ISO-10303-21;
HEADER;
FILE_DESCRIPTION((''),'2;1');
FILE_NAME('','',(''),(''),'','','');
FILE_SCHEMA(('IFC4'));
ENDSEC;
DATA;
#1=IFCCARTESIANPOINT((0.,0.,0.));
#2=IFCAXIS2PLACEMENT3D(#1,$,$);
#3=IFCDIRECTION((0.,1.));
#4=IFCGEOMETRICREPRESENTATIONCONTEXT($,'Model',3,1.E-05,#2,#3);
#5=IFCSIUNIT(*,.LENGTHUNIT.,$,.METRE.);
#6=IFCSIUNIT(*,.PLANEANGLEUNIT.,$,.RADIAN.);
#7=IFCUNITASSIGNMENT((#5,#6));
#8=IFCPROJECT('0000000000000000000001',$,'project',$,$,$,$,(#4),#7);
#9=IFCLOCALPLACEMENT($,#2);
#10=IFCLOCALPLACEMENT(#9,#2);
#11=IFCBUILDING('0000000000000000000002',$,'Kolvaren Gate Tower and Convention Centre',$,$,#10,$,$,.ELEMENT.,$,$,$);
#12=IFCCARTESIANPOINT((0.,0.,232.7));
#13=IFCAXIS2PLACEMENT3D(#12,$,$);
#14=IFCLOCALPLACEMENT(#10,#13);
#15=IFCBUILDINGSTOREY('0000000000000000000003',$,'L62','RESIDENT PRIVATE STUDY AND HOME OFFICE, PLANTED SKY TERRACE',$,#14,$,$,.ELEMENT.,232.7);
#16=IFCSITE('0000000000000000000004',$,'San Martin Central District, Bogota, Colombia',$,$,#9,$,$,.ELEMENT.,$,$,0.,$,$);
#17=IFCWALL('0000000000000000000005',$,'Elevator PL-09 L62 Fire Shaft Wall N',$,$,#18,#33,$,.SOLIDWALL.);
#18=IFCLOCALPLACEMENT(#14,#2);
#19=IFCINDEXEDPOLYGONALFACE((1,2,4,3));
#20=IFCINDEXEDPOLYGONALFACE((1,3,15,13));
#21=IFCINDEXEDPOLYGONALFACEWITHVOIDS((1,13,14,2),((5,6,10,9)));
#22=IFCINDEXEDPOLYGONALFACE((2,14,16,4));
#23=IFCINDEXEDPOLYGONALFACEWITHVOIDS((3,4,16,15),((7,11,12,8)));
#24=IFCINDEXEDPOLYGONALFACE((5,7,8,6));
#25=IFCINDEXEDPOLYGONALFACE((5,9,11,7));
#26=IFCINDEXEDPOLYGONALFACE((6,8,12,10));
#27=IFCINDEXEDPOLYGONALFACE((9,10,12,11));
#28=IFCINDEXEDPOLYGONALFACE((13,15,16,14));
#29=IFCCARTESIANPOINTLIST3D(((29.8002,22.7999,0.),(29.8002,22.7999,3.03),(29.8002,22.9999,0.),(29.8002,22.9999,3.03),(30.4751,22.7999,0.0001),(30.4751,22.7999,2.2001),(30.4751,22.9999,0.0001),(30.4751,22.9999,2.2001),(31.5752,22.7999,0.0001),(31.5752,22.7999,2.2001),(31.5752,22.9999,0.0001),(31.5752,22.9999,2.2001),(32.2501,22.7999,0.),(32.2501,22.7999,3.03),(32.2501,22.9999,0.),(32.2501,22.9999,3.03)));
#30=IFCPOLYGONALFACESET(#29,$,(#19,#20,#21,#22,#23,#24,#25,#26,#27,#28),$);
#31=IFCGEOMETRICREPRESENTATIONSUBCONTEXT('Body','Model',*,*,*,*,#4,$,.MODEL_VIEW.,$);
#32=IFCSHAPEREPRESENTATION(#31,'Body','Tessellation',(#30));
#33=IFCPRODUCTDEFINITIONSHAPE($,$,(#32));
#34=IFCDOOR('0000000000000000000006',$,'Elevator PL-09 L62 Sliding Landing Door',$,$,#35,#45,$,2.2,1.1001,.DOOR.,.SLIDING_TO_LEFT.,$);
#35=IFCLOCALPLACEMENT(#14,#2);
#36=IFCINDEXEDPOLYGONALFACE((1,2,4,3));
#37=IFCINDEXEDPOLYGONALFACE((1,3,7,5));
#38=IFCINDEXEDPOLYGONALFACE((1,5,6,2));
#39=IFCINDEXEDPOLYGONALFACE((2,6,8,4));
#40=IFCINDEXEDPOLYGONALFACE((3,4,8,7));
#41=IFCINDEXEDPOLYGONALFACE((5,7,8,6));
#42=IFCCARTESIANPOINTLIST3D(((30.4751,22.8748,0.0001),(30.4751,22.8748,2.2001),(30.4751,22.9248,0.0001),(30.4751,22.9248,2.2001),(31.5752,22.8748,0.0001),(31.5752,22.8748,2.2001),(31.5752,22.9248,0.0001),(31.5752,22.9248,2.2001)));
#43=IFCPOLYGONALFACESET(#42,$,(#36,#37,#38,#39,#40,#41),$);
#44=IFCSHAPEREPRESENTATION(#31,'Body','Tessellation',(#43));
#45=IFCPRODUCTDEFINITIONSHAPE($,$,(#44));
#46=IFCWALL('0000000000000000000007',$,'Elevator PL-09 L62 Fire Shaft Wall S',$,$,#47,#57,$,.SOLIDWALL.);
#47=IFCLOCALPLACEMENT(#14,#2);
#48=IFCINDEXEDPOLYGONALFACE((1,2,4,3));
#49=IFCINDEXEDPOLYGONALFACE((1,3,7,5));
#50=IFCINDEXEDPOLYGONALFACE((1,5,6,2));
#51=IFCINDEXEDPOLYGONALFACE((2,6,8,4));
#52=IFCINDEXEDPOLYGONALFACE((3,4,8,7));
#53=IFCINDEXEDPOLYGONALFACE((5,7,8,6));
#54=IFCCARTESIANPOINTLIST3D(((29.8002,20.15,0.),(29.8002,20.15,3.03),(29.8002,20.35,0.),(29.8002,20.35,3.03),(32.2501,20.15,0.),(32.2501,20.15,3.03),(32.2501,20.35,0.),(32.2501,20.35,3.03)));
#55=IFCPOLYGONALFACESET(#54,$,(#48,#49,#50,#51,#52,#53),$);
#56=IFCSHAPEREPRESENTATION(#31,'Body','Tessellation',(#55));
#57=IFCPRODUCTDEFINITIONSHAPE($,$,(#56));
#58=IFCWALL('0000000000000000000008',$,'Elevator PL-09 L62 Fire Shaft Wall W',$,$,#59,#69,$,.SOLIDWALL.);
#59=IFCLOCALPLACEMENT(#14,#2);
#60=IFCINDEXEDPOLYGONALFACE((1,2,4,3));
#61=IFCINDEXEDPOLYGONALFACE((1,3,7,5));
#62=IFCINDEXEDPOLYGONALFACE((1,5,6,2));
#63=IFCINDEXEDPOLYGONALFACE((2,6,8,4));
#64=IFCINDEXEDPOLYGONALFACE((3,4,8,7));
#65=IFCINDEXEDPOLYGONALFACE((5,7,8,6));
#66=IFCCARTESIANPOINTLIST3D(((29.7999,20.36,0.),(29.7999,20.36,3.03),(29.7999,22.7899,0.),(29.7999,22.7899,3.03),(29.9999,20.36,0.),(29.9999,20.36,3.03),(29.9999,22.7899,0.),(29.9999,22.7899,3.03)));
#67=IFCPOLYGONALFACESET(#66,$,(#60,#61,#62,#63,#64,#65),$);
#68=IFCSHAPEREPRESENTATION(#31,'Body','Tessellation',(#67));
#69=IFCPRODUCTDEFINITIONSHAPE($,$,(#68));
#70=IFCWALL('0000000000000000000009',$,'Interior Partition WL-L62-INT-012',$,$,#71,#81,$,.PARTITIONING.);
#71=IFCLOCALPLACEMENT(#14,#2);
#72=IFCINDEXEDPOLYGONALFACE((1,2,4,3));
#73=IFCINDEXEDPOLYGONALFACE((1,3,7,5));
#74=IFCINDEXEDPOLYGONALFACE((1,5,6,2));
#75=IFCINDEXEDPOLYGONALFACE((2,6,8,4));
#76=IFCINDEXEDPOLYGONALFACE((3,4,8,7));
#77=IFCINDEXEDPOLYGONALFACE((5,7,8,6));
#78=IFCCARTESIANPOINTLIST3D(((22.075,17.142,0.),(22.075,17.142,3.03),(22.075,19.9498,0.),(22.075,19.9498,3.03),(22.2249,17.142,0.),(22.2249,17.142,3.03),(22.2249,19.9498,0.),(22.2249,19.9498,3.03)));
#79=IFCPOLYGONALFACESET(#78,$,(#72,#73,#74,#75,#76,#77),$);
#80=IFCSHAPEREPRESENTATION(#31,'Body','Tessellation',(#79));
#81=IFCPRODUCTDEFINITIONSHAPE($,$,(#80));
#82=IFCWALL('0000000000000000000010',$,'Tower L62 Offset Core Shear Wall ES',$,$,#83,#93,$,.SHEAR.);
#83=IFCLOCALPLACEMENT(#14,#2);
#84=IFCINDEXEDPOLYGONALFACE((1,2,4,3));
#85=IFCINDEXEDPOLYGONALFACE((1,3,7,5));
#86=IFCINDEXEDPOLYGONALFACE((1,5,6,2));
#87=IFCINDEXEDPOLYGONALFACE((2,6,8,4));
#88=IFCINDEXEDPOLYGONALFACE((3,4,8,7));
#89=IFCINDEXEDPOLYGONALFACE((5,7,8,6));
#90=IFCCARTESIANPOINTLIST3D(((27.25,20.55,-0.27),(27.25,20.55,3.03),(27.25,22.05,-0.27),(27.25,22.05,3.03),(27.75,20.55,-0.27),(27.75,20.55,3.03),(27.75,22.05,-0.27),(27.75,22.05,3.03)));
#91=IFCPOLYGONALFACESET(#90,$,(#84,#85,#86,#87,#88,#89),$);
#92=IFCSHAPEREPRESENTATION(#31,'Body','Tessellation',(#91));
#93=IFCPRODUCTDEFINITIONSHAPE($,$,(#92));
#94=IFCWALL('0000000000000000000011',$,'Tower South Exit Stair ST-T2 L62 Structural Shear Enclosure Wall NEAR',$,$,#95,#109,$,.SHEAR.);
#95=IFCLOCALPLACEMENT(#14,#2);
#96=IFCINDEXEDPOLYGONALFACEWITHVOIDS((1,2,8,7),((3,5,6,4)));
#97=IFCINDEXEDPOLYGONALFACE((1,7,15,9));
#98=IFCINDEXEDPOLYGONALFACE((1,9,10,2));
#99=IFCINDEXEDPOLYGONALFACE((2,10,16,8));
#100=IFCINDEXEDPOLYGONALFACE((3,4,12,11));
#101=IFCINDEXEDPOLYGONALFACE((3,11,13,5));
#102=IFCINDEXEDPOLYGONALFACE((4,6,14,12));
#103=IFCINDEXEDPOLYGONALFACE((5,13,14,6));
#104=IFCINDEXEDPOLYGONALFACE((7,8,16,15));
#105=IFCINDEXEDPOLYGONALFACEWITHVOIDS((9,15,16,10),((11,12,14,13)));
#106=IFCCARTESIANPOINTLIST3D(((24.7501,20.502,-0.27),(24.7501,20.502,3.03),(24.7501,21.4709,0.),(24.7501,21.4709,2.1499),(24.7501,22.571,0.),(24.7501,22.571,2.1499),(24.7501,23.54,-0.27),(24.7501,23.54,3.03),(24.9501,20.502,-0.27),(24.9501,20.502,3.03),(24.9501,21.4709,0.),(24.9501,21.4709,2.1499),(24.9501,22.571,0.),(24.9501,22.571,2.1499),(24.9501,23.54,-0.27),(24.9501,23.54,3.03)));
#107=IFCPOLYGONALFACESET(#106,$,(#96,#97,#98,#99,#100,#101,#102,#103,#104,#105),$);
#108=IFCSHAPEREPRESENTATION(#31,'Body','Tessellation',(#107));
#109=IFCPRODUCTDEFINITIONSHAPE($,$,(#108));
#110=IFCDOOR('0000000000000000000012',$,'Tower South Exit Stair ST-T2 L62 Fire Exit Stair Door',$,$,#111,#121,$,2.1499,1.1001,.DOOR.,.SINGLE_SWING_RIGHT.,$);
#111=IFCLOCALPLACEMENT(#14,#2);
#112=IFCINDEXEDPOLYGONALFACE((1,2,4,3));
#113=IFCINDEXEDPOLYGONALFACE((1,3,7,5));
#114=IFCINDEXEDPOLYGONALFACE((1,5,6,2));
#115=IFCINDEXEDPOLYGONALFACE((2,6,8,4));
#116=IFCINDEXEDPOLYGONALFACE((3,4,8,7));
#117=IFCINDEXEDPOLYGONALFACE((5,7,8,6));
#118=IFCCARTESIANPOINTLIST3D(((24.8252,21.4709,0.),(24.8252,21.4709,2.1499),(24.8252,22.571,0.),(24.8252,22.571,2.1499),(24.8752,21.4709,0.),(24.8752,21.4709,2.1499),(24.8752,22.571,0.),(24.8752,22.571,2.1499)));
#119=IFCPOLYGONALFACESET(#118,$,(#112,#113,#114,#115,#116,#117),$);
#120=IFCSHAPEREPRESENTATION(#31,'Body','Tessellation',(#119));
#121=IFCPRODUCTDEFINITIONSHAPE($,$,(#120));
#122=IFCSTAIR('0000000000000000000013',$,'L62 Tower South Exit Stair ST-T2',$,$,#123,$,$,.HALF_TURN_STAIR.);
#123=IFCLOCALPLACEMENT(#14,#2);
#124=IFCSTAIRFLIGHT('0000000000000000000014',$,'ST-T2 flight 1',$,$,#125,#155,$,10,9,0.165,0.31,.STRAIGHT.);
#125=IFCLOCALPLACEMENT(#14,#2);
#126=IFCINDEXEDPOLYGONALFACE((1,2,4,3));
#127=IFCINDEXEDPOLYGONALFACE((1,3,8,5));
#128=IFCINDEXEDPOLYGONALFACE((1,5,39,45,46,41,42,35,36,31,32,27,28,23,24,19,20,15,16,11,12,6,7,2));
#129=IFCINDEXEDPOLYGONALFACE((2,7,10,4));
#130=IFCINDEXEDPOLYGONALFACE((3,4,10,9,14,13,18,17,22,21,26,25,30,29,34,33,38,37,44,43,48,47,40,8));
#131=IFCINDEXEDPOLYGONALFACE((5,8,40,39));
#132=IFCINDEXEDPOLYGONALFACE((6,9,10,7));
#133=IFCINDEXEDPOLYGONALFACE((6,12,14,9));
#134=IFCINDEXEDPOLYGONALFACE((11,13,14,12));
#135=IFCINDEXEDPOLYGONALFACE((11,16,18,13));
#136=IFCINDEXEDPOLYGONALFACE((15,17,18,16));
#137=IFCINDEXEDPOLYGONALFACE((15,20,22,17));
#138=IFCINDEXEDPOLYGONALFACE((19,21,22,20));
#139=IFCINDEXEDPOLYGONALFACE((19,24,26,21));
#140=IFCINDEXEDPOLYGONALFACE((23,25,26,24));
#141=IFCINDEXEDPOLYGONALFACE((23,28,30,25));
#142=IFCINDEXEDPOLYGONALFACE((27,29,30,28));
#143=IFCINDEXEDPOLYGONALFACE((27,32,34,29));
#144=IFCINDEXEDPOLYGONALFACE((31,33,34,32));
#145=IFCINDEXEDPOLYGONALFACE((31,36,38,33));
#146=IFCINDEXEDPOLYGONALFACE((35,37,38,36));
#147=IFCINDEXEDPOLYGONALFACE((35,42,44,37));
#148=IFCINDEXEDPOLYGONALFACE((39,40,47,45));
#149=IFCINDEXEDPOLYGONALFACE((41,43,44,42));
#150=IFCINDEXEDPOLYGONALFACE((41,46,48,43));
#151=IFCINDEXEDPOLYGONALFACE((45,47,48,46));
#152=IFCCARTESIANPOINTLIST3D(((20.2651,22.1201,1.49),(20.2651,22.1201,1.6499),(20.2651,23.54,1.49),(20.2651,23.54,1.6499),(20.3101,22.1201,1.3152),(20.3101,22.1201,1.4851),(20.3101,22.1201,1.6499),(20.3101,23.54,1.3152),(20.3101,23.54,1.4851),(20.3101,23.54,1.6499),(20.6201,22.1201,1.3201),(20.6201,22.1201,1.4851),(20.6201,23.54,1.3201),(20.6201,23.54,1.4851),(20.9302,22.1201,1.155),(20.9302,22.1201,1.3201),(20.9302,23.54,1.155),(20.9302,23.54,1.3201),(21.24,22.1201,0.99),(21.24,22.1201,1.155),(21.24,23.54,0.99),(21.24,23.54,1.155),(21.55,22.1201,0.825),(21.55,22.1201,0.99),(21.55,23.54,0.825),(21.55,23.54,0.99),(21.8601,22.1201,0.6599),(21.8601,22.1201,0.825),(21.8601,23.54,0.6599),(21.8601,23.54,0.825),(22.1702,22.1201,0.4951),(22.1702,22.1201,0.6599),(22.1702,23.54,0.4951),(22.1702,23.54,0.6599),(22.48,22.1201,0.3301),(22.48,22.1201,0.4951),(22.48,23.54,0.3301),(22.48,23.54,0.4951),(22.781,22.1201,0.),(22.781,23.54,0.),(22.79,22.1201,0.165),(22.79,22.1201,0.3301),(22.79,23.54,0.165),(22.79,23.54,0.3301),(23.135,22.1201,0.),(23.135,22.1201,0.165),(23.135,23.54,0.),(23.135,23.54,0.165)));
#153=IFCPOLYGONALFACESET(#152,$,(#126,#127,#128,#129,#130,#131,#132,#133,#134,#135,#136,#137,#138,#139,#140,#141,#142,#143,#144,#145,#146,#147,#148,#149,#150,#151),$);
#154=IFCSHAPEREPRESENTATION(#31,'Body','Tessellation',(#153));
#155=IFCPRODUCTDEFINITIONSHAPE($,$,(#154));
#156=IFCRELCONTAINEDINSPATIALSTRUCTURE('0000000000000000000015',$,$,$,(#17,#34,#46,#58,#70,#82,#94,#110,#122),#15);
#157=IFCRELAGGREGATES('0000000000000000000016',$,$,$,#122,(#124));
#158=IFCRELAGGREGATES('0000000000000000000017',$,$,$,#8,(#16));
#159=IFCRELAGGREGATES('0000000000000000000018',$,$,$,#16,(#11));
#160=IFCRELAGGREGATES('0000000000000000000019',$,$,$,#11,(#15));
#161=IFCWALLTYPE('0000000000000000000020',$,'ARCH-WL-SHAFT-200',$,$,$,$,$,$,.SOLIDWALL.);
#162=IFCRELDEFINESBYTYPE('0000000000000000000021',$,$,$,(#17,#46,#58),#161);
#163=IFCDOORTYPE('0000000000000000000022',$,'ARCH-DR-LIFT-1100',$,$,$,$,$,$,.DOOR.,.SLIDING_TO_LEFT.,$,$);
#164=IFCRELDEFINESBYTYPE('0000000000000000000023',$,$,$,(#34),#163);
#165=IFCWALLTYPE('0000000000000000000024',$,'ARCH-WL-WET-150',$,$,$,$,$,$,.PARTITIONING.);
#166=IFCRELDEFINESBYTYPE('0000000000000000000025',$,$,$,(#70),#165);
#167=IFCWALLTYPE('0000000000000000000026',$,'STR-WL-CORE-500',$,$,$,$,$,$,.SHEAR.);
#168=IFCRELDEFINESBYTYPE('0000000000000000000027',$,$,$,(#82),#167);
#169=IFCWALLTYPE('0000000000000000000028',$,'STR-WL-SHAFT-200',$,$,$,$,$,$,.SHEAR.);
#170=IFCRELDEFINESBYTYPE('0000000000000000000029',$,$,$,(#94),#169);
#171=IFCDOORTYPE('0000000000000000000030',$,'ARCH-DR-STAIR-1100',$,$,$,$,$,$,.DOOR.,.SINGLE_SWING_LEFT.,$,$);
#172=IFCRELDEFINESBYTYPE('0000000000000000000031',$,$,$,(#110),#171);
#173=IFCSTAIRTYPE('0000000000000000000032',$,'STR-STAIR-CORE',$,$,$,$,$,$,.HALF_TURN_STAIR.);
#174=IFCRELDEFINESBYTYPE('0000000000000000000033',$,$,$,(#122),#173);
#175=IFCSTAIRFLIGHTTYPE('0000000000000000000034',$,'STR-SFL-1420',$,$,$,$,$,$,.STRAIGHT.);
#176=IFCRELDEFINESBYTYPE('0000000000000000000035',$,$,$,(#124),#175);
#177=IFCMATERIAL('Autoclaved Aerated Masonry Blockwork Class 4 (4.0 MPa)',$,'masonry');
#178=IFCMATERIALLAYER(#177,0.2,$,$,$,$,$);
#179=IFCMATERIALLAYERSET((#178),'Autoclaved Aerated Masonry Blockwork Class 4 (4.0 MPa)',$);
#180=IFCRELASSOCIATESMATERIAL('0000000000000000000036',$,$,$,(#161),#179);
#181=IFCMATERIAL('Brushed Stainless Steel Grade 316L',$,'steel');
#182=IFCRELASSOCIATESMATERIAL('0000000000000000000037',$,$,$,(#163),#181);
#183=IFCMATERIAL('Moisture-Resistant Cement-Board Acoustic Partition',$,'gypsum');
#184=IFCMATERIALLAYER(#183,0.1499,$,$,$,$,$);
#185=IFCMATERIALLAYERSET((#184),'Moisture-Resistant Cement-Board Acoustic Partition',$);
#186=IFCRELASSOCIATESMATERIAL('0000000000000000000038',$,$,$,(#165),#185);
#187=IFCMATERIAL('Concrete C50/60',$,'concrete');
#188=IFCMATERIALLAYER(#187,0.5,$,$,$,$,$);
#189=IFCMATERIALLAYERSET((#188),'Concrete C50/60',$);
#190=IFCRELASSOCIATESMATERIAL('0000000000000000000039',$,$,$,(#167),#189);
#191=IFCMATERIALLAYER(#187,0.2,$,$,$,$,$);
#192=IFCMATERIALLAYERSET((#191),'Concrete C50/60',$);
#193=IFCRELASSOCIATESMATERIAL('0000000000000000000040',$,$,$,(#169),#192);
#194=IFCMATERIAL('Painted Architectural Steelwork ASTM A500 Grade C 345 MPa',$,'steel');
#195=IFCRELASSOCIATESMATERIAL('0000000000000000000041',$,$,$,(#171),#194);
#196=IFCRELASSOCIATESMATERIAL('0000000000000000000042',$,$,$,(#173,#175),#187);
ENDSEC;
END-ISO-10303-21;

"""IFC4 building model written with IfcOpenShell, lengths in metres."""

from ifc_helpers import new_model, si_unit, direction, frame, frame_2d, origin, place, context, subcontext, project, spatial, polyline, rectangle, outline, extrude, material, layer, layer_set, type_object, element, fill, aggregate, save


model = new_model("IFC4")

# Units and contexts
model_context = context("Model", 3, precision=1e-05, world=origin(), true_north=direction((0.0, 1.0)))
body_context = subcontext(model_context, "Body", "Model", "MODEL_VIEW")
ifc_project = project(units=[si_unit("LENGTHUNIT", "METRE"), si_unit("PLANEANGLEUNIT", "RADIAN")], contexts=[model_context])

# Site, building, storey
site_placement = place(None, origin())
site = spatial("IfcSite", under=ifc_project, at=site_placement, Name="San Martin Central District, Bogota, Colombia", CompositionType="ELEMENT", RefElevation=0.0)
building_placement = place(site_placement, origin())
building = spatial("IfcBuilding", under=site, at=building_placement, Name="Kolvaren Gate Tower and Convention Centre", CompositionType="ELEMENT")
storey_placement = place(building_placement, frame((0.0, 0.0, 232.7)))
storey = spatial("IfcBuildingStorey", under=building, at=storey_placement, Name="L62", Description="RESIDENT PRIVATE STUDY AND HOME OFFICE, PLANTED SKY TERRACE", CompositionType="ELEMENT", Elevation=232.7)

# Shared definitions
ifc_material_1 = material(Name="Concrete C50/60", Category="concrete")

# Shared definitions
ifc_material_2 = material(Name="Autoclaved Aerated Masonry Blockwork Class 4 (4.0 MPa)", Category="masonry")

# Shared definitions
ifc_material_3 = material(Name="Painted Architectural Steelwork ASTM A500 Grade C 345 MPa", Category="steel")

# Shared definitions
ifc_layer_1 = layer(ifc_material_2, 0.2)
ifc_layer_set_1 = layer_set([ifc_layer_1], Name="Autoclaved Aerated Masonry Blockwork Class 4 (4.0 MPa)")
wall_type_1 = type_object("IfcWallType", Name="ARCH-WL-SHAFT-200", PredefinedType="SOLIDWALL", material=ifc_layer_set_1)

# Wall, opening, door
wall_1_placement = place(storey_placement, frame((29.8, 22.8999, 0.0), z_axis=(0.0, 0.0, 1.0), x_axis=(1.0, 0.0, 0.0)))
wall_1 = element("IfcWall", 1, at=wall_1_placement, inside=storey, type_object=wall_type_1, Name="Elevator PL-09 L62 Fire Shaft Wall N", PredefinedType="SOLIDWALL", context=body_context, shape_type="SweptSolid", body=[
    extrude(rectangle(XDim=2.45, YDim=0.2, at=frame_2d((1.2251, 0.0))), origin(), (0.0, 0.0, 1.0), 3.03),
])
opening_1_placement = place(wall_1_placement, frame((0.675, 0.0, 0.0)))
opening_1 = element("IfcOpeningElement", 2, at=opening_1_placement, cuts=wall_1, PredefinedType="OPENING", context=body_context, shape_type="SweptSolid", body=[
    extrude(rectangle(XDim=1.1001, YDim=2.2, at=frame_2d((0.55, 1.1001))), frame((0.0, 0.1099, 0.0), z_axis=(0.0, -1.0, 0.0), x_axis=(1.0, 0.0, 0.0)), (0.0, 0.0, 1.0), 0.22),
])
ifc_material_4 = material(Name="Brushed Stainless Steel Grade 316L", Category="steel")
door_type_1 = type_object("IfcDoorType", Name="ARCH-DR-LIFT-1100", OperationType="SLIDING_TO_LEFT", PredefinedType="DOOR", material=ifc_material_4)
door_1_placement = place(opening_1_placement, origin())
door_1 = element("IfcDoor", 3, at=door_1_placement, inside=storey, type_object=door_type_1, Name="Elevator PL-09 L62 Sliding Landing Door", OperationType="SLIDING_TO_LEFT", OverallHeight=2.2, OverallWidth=1.1001, PredefinedType="DOOR", context=body_context, shape_type="SweptSolid", body=[
    extrude(rectangle(XDim=1.1001, YDim=2.2, at=frame_2d((0.55, 1.1001))), frame((0.0, 0.0249, 0.0), z_axis=(0.0, -1.0, 0.0), x_axis=(1.0, 0.0, 0.0)), (0.0, 0.0, 1.0), 0.05),
])
fill(opening_1, door_1)

# Walls
wall_2_placement = place(storey_placement, frame((29.8, 20.25, 0.0), z_axis=(0.0, 0.0, 1.0), x_axis=(1.0, 0.0, 0.0)))
element("IfcWall", 4, at=wall_2_placement, inside=storey, type_object=wall_type_1, Name="Elevator PL-09 L62 Fire Shaft Wall S", PredefinedType="SOLIDWALL", context=body_context, shape_type="SweptSolid", body=[
    extrude(rectangle(XDim=2.45, YDim=0.2, at=frame_2d((1.2251, 0.0))), origin(), (0.0, 0.0, 1.0), 3.03),
])
wall_3_placement = place(storey_placement, frame((29.8999, 20.3601, 0.0), z_axis=(0.0, 0.0, 1.0), x_axis=(0.0, 1.0, 0.0)))
element("IfcWall", 5, at=wall_3_placement, inside=storey, type_object=wall_type_1, Name="Elevator PL-09 L62 Fire Shaft Wall W", PredefinedType="SOLIDWALL", context=body_context, shape_type="SweptSolid", body=[
    extrude(rectangle(XDim=2.4299, YDim=0.2, at=frame_2d((1.2148, 0.0))), origin(), (0.0, 0.0, 1.0), 3.03),
])
ifc_material_5 = material(Name="Moisture-Resistant Cement-Board Acoustic Partition", Category="gypsum")
ifc_layer_2 = layer(ifc_material_5, 0.1499)
ifc_layer_set_2 = layer_set([ifc_layer_2], Name="Moisture-Resistant Cement-Board Acoustic Partition")
wall_type_2 = type_object("IfcWallType", Name="ARCH-WL-WET-150", PredefinedType="PARTITIONING", material=ifc_layer_set_2)
wall_4_placement = place(storey_placement, frame((22.1499, 17.1421, 0.0), z_axis=(0.0, 0.0, 1.0), x_axis=(0.0, 1.0, 0.0)))
element("IfcWall", 6, at=wall_4_placement, inside=storey, type_object=wall_type_2, Name="Interior Partition WL-L62-INT-012", PredefinedType="PARTITIONING", context=body_context, shape_type="SweptSolid", body=[
    extrude(rectangle(XDim=2.8079, YDim=0.1499, at=frame_2d((1.4038, 0.0))), origin(), (0.0, 0.0, 1.0), 3.03),
])
ifc_layer_3 = layer(ifc_material_1, 0.5)
ifc_layer_set_3 = layer_set([ifc_layer_3], Name="Concrete C50/60")
wall_type_3 = type_object("IfcWallType", Name="STR-WL-CORE-500", PredefinedType="SHEAR", material=ifc_layer_set_3)
wall_5_placement = place(storey_placement, frame((27.5, 20.55, -0.27), z_axis=(0.0, 0.0, 1.0), x_axis=(0.0, 1.0, 0.0)))
element("IfcWall", 7, at=wall_5_placement, inside=storey, type_object=wall_type_3, Name="Tower L62 Offset Core Shear Wall ES", PredefinedType="SHEAR", context=body_context, shape_type="SweptSolid", body=[
    extrude(rectangle(XDim=1.5, YDim=0.5, at=frame_2d((0.75, 0.0))), origin(), (0.0, 0.0, 1.0), 3.3),
])

# Wall, opening, door
ifc_layer_4 = layer(ifc_material_1, 0.2)
ifc_layer_set_4 = layer_set([ifc_layer_4], Name="Concrete C50/60")
wall_type_4 = type_object("IfcWallType", Name="STR-WL-SHAFT-200", PredefinedType="SHEAR", material=ifc_layer_set_4)
wall_6_placement = place(storey_placement, frame((24.8501, 20.502, -0.27), z_axis=(0.0, 0.0, 1.0), x_axis=(0.0, 1.0, 0.0)))
wall_6 = element("IfcWall", 8, at=wall_6_placement, inside=storey, type_object=wall_type_4, Name="Tower South Exit Stair ST-T2 L62 Structural Shear Enclosure Wall NEAR", PredefinedType="SHEAR", context=body_context, shape_type="SweptSolid", body=[
    extrude(rectangle(XDim=3.0381, YDim=0.2, at=frame_2d((1.519, 0.0))), origin(), (0.0, 0.0, 1.0), 3.3),
])
opening_2_placement = place(wall_6_placement, frame((0.969, 0.0, 0.27)))
opening_2 = element("IfcOpeningElement", 9, at=opening_2_placement, cuts=wall_6, PredefinedType="OPENING", context=body_context, shape_type="SweptSolid", body=[
    extrude(rectangle(XDim=1.1001, YDim=2.1499, at=frame_2d((0.55, 1.075))), frame((0.0, 0.1099, 0.0), z_axis=(0.0, -1.0, 0.0), x_axis=(1.0, 0.0, 0.0)), (0.0, 0.0, 1.0), 0.22),
])
door_type_2 = type_object("IfcDoorType", Name="ARCH-DR-STAIR-1100", OperationType="SINGLE_SWING_LEFT", PredefinedType="DOOR", material=ifc_material_3)
door_2_placement = place(opening_2_placement, origin())
door_2 = element("IfcDoor", 10, at=door_2_placement, inside=storey, type_object=door_type_2, Name="Tower South Exit Stair ST-T2 L62 Fire Exit Stair Door", OperationType="SINGLE_SWING_RIGHT", OverallHeight=2.1499, OverallWidth=1.1001, PredefinedType="DOOR", context=body_context, shape_type="SweptSolid", body=[
    extrude(rectangle(XDim=1.1001, YDim=2.1499, at=frame_2d((0.55, 1.075))), frame((0.0, 0.0249, 0.0), z_axis=(0.0, -1.0, 0.0), x_axis=(1.0, 0.0, 0.0)), (0.0, 0.0, 1.0), 0.05),
])
fill(opening_2, door_2)

# Stair, stair flight
stair_type = type_object("IfcStairType", Name="STR-STAIR-CORE", PredefinedType="HALF_TURN_STAIR", material=ifc_material_1)
stair_placement = place(storey_placement, origin())
stair = element("IfcStair", 11, at=stair_placement, inside=storey, type_object=stair_type, Name="L62 Tower South Exit Stair ST-T2", PredefinedType="HALF_TURN_STAIR")
stair_flight_type = type_object("IfcStairFlightType", Name="STR-SFL-1420", PredefinedType="STRAIGHT", material=ifc_material_1)
stair_flight_placement = place(storey_placement, frame((23.1001, 22.8301, 0.0), z_axis=(0.0, 0.0, 1.0), x_axis=(-1.0, 0.0, 0.0)))
stair_flight = element("IfcStairFlight", 12, at=stair_flight_placement, type_object=stair_flight_type, Name="ST-T2 flight 1", NumberOfRisers=10, NumberOfTreads=9, PredefinedType="STRAIGHT", RiserHeight=0.165, TreadLength=0.31, context=body_context, shape_type="SweptSolid", body=[
    extrude(outline(polyline([(-0.0349, 0.0), (-0.0349, 0.165), (0.3101, 0.165), (0.3101, 0.3301), (0.6201, 0.3301), (0.6201, 0.4951), (0.9299, 0.4951), (0.9299, 0.6599), (1.24, 0.6599), (1.24, 0.825), (1.55, 0.825), (1.55, 0.99), (1.8601, 0.99), (1.8601, 1.155), (2.1699, 1.155), (2.1699, 1.3201), (2.48, 1.3201), (2.48, 1.4851), (2.79, 1.4851), (2.79, 1.6499), (2.835, 1.6499), (2.835, 1.49), (2.79, 1.3152), (0.3191, 0.0), (-0.0349, 0.0)])), frame((0.0, 0.71, 0.0), z_axis=(0.0, -1.0, 0.0), x_axis=(1.0, 0.0, 0.0)), (0.0, 0.0, 1.0), 1.4199),
])
aggregate(stair, [stair_flight])

save(model, "model.ifc")
